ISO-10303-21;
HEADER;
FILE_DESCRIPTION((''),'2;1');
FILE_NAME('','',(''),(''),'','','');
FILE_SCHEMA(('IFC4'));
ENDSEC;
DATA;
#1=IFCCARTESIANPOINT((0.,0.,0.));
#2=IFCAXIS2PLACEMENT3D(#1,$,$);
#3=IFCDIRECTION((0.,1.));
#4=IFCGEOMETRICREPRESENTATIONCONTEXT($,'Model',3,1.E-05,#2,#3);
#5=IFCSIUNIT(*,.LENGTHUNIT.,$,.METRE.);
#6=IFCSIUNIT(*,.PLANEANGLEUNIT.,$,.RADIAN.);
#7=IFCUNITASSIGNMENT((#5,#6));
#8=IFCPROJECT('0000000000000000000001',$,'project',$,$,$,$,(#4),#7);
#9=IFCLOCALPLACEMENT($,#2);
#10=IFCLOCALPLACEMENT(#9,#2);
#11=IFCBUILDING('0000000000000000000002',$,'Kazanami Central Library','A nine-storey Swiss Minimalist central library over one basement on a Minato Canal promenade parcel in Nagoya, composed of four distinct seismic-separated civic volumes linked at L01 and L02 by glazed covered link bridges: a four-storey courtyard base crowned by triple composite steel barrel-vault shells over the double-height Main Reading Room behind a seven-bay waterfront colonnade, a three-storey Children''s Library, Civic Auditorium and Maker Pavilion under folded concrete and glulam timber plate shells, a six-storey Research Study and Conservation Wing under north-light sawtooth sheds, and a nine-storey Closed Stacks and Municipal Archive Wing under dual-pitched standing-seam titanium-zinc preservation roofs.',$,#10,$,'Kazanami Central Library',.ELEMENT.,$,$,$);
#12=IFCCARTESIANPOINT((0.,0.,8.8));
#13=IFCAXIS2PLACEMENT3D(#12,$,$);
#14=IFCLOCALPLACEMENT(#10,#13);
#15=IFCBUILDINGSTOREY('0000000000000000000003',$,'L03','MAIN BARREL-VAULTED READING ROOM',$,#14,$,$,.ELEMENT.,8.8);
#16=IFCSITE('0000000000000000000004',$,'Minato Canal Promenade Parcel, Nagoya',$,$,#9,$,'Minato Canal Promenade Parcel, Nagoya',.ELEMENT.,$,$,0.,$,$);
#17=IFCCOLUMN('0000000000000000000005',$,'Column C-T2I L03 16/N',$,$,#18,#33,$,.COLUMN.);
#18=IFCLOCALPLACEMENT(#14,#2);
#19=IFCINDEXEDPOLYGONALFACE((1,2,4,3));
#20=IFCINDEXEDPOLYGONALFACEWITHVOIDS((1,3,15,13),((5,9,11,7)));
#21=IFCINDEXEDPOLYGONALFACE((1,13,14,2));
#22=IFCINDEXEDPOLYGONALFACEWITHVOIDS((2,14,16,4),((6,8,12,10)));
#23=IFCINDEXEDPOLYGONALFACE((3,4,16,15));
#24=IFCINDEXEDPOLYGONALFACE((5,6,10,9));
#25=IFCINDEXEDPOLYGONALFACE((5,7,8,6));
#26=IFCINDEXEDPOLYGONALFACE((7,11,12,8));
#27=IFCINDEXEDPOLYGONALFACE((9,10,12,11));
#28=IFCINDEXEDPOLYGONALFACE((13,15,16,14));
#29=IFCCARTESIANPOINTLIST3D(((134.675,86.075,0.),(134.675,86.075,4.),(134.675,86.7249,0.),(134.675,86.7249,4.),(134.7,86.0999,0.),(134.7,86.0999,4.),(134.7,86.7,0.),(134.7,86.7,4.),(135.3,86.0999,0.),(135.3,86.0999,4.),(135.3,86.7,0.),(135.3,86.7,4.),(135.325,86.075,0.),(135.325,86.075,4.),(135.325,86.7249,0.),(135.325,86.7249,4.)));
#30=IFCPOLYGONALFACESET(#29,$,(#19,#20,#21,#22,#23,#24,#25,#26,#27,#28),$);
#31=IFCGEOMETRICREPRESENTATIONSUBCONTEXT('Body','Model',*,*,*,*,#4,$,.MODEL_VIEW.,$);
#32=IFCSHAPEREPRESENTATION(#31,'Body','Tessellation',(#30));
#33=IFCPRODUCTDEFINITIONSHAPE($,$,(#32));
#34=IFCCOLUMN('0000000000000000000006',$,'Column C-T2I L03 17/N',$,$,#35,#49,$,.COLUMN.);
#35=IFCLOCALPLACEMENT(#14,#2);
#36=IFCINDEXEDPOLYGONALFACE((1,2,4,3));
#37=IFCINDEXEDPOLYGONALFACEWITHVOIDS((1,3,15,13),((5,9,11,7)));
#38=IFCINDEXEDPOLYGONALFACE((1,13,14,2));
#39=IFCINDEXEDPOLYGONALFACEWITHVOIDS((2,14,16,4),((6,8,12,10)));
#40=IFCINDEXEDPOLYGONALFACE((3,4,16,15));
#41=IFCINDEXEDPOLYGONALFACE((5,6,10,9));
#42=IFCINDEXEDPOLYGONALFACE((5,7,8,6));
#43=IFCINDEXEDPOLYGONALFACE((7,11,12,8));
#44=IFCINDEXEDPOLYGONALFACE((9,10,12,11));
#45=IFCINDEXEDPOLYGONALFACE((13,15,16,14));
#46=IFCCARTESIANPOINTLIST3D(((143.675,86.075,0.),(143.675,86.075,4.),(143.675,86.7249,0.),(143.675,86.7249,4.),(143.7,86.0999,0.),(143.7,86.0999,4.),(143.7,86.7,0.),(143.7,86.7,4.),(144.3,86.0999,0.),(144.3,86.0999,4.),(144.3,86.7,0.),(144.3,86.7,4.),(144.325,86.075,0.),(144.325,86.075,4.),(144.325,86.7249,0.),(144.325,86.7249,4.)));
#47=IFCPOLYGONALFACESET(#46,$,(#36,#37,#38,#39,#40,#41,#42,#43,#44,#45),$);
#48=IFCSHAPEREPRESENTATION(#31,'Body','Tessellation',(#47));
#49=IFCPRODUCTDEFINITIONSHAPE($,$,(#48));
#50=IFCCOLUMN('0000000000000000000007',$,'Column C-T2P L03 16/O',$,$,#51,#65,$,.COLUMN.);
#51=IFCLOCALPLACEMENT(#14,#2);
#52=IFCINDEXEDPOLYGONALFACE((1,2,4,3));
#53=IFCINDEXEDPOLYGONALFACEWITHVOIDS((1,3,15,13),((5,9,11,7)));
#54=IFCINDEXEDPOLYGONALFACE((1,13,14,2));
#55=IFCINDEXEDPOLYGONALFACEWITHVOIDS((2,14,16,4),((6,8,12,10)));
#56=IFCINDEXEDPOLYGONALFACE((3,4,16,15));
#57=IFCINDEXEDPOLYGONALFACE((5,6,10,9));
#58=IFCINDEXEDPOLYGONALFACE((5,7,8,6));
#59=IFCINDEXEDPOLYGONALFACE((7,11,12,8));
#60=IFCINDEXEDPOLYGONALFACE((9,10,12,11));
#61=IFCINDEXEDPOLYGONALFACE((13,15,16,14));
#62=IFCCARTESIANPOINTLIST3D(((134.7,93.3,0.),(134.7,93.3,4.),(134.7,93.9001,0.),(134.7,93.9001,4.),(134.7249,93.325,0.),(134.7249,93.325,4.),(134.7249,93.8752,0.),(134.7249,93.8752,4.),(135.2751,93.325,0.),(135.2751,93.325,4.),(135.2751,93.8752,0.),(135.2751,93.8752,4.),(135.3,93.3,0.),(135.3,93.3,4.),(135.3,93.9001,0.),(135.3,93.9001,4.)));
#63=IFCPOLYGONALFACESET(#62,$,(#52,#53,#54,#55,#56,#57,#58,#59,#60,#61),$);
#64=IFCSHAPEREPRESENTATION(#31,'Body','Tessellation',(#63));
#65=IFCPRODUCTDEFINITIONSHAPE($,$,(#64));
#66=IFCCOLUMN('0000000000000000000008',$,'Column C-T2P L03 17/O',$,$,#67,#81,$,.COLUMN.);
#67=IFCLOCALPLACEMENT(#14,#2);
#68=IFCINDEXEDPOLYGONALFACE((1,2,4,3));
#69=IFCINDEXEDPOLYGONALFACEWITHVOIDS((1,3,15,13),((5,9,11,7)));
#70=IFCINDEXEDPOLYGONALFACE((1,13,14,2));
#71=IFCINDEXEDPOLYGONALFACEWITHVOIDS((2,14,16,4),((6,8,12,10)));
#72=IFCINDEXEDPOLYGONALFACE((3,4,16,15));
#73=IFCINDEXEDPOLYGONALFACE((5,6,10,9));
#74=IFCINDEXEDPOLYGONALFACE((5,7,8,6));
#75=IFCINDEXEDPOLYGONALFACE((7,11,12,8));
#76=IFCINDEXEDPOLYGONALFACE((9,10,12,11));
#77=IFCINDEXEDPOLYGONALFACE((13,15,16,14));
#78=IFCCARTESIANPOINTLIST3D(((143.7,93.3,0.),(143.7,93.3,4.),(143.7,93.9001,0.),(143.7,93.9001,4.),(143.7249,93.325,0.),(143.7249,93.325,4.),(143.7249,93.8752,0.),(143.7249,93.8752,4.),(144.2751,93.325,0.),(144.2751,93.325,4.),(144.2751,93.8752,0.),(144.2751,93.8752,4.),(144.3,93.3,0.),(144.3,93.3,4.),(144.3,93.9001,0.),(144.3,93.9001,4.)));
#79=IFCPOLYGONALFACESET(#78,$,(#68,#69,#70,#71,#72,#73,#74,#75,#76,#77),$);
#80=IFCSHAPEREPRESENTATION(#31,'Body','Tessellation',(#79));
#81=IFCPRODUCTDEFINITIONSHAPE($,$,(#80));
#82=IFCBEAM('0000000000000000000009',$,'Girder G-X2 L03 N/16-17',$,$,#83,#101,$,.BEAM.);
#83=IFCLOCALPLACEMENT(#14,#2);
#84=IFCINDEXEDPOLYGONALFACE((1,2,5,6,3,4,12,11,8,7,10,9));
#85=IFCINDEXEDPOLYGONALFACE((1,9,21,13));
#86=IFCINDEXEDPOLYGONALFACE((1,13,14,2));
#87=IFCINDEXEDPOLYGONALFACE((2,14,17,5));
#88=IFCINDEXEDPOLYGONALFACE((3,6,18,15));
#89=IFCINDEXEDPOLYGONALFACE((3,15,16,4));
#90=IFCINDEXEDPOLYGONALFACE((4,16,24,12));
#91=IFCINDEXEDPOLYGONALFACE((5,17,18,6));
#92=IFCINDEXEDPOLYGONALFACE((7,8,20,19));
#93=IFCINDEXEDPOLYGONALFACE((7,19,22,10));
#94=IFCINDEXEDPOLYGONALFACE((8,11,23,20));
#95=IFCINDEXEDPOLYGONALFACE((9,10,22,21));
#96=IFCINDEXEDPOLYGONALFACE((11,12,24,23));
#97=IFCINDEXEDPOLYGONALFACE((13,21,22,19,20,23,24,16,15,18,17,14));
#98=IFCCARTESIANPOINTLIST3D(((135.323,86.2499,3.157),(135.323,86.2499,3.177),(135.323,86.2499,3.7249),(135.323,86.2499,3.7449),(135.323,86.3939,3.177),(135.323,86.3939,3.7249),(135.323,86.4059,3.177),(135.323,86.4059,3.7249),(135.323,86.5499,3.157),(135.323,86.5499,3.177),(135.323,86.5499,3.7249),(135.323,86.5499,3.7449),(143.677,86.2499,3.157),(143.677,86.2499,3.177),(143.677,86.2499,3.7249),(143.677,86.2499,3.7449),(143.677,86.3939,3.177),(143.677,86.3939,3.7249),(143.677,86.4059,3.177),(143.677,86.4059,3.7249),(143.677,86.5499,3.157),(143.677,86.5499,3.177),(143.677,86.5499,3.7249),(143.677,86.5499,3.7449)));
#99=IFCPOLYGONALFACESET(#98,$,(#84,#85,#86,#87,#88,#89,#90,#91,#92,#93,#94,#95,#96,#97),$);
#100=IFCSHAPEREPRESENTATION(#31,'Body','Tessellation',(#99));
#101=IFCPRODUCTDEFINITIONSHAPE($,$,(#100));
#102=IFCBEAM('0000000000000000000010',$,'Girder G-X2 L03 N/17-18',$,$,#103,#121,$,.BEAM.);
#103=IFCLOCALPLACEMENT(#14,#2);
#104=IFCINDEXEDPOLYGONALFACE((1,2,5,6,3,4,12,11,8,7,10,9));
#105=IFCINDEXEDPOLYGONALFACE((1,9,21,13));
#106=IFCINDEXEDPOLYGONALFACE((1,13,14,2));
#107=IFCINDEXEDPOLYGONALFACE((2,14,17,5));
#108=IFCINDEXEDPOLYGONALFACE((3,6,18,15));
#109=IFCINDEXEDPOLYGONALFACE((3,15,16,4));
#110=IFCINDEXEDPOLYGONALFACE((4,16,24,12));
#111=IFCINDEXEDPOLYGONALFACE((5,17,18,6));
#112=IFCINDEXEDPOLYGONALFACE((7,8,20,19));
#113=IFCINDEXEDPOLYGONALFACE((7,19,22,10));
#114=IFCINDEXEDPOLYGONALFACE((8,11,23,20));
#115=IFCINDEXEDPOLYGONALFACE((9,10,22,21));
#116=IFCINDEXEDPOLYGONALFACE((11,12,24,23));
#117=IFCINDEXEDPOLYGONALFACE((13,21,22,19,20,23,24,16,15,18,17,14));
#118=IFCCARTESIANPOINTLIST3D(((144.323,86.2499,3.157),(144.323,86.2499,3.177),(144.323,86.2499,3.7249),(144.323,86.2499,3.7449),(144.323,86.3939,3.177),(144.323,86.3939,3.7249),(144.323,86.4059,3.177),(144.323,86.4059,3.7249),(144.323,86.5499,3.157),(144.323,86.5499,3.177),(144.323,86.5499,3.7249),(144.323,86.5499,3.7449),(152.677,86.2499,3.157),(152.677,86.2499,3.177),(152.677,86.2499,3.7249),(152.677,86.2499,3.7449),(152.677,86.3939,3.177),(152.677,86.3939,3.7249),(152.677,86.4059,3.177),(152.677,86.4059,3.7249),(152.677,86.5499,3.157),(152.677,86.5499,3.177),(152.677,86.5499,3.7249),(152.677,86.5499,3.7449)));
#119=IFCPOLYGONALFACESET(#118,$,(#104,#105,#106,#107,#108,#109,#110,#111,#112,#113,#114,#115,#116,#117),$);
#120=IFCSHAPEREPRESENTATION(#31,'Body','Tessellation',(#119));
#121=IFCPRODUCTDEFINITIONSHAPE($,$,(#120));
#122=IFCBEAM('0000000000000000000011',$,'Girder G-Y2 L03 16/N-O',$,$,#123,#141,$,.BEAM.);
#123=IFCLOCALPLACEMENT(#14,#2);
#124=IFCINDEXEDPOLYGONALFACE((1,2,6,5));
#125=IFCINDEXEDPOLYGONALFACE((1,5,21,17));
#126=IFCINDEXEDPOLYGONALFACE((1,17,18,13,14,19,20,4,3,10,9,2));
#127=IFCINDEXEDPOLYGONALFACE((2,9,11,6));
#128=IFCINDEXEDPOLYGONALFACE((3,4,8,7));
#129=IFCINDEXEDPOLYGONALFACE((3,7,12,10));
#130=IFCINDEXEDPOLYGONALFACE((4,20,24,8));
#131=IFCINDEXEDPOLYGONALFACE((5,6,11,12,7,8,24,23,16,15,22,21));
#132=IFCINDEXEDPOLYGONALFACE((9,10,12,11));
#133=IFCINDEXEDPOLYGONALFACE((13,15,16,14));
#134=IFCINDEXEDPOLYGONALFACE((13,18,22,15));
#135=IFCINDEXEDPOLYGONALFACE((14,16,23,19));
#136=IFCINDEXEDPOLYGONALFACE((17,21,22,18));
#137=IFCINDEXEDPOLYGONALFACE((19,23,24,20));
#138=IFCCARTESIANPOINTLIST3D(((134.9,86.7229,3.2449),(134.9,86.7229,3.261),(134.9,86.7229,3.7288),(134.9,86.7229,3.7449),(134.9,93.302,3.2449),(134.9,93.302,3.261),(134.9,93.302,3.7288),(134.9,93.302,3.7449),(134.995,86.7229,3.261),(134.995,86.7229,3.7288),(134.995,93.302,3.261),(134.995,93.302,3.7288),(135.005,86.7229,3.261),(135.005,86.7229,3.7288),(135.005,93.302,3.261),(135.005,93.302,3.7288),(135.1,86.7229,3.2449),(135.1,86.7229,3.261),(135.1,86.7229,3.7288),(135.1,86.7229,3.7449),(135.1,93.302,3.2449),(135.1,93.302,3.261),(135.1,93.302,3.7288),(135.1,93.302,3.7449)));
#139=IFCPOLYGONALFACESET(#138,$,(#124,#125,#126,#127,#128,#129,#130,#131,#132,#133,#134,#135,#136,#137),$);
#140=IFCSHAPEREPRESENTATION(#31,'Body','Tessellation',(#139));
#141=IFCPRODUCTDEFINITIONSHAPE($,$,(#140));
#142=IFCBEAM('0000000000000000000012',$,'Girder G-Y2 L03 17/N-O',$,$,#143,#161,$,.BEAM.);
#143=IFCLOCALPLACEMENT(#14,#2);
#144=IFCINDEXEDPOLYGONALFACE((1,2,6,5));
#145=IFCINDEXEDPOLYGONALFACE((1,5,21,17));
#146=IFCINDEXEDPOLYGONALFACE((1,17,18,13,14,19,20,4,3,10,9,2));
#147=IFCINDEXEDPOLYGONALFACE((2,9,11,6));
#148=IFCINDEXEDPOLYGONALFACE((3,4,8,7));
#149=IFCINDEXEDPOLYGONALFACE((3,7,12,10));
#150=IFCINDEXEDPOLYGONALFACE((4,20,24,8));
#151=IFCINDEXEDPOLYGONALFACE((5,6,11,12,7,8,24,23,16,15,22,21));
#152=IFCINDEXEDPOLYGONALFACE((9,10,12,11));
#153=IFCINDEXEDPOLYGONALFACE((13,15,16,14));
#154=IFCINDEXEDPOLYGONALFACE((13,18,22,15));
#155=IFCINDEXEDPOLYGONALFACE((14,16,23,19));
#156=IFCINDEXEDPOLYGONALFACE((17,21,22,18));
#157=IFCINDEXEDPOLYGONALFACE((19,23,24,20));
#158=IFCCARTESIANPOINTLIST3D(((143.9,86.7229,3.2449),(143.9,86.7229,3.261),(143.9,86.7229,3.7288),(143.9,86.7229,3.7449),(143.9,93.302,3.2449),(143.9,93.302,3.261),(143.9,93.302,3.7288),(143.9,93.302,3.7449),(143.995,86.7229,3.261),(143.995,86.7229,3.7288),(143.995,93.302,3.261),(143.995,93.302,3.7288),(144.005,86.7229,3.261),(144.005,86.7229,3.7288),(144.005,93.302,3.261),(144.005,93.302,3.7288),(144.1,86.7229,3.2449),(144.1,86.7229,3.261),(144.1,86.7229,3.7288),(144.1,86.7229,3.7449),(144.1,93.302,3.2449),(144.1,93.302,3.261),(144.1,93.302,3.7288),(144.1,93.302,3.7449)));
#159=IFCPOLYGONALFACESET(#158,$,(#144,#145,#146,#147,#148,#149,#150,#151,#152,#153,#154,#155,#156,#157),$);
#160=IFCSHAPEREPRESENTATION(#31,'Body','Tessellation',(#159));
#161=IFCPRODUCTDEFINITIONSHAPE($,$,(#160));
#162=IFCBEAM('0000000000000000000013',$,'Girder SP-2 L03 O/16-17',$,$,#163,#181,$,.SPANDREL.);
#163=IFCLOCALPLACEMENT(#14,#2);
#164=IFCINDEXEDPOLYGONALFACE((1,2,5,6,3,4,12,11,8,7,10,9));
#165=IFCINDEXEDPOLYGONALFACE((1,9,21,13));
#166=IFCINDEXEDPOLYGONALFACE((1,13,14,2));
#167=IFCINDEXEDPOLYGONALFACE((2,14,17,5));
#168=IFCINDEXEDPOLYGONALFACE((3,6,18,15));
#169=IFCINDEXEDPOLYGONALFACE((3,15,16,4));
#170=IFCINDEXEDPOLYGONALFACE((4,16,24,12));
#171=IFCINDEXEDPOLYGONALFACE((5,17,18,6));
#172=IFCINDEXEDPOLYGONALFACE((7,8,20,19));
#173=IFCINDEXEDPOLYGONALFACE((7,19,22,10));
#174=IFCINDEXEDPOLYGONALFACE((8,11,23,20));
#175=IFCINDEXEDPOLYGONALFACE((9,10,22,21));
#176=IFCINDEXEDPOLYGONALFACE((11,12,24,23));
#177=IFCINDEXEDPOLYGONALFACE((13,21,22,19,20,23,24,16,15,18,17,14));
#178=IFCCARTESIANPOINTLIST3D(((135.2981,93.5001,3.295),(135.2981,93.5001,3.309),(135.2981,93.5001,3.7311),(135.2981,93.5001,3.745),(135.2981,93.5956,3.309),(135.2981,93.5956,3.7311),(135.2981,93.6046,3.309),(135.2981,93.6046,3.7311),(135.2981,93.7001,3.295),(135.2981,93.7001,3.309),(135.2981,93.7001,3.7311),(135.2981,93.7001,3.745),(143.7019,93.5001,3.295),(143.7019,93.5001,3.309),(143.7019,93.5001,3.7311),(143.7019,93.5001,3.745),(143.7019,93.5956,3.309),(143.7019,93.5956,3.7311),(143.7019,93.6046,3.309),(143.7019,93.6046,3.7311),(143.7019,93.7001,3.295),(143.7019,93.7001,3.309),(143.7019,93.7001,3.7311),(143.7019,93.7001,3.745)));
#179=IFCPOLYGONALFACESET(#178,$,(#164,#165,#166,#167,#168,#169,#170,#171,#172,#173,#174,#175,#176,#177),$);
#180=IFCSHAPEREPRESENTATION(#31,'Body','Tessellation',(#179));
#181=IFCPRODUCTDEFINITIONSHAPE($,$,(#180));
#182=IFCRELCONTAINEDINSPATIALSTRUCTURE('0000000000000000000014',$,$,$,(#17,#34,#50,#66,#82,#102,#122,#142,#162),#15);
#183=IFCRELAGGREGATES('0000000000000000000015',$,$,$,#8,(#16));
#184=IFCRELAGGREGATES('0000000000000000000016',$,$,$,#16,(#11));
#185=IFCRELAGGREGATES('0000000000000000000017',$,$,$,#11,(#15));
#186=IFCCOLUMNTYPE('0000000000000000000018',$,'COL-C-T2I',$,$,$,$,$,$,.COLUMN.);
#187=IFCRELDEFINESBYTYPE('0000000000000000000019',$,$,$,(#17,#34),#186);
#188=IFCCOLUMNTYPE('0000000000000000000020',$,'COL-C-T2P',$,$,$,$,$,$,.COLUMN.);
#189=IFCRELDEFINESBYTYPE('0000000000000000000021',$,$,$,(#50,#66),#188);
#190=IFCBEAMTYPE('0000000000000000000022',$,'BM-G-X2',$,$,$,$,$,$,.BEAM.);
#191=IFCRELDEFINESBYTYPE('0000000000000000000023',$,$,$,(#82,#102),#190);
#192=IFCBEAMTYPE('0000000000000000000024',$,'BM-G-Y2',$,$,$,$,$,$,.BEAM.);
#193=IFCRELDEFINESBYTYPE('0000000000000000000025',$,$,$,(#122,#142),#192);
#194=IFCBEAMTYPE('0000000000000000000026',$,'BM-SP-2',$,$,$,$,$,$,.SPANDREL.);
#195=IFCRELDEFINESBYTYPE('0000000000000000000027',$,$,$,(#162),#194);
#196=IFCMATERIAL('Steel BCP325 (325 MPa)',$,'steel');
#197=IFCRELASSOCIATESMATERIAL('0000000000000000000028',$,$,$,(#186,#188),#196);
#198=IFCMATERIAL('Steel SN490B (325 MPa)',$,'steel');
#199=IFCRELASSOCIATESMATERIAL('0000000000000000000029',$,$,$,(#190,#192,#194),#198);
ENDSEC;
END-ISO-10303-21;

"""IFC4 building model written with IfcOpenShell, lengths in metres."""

from ifc_helpers import new_model, si_unit, direction, frame, origin, origin_2d, place, context, subcontext, project, spatial, hollow_rectangle, i_section, extrude, material, material_profile, profile_set, type_object, element, save


model = new_model("IFC4")

# Units and contexts
model_context = context("Model", 3, precision=1e-05, world=origin(), true_north=direction((0.0, 1.0)))
body_context = subcontext(model_context, "Body", "Model", "MODEL_VIEW")
ifc_project = project(units=[si_unit("LENGTHUNIT", "METRE"), si_unit("PLANEANGLEUNIT", "RADIAN")], contexts=[model_context])

# Site, building, storey
site_placement = place(None, origin())
site = spatial("IfcSite", under=ifc_project, at=site_placement, Name="Minato Canal Promenade Parcel, Nagoya", LongName="Minato Canal Promenade Parcel, Nagoya", CompositionType="ELEMENT", RefElevation=0.0)
building_placement = place(site_placement, origin())
building = spatial("IfcBuilding", under=site, at=building_placement, Name="Kazanami Central Library", Description="A nine-storey Swiss Minimalist central library over one basement on a Minato Canal promenade parcel in Nagoya, composed of four distinct seismic-separated civic volumes linked at L01 and L02 by glazed covered link bridges: a four-storey courtyard base crowned by triple composite steel barrel-vault shells over the double-height Main Reading Room behind a seven-bay waterfront colonnade, a three-storey Children's Library, Civic Auditorium and Maker Pavilion under folded concrete and glulam timber plate shells, a six-storey Research Study and Conservation Wing under north-light sawtooth sheds, and a nine-storey Closed Stacks and Municipal Archive Wing under dual-pitched standing-seam titanium-zinc preservation roofs.", LongName="Kazanami Central Library", CompositionType="ELEMENT")
storey_placement = place(building_placement, frame((0.0, 0.0, 8.8)))
storey = spatial("IfcBuildingStorey", under=building, at=storey_placement, Name="L03", Description="MAIN BARREL-VAULTED READING ROOM", CompositionType="ELEMENT", Elevation=8.8)

# Columns
ifc_material_1 = material(Name="Steel BCP325 (325 MPa)", Category="steel")
ifc_material_profile_1 = material_profile(ifc_material_1, hollow_rectangle(XDim=0.6499, YDim=0.6499, WallThickness=0.0249, at=origin_2d()), Name="BCP-650x650x25")
ifc_profile_set_1 = profile_set([ifc_material_profile_1], Name="Steel BCP325 (325 MPa)")
column_type_1 = type_object("IfcColumnType", Name="COL-C-T2I", PredefinedType="COLUMN", material=ifc_profile_set_1)
for number, where, z_axis, x_axis, name in (
    (1, (135.0, 86.3999, 0.0), (0.0, 0.0, 1.0), (1.0, 0.0, 0.0), "Column C-T2I L03 16/N"),
    (2, (144.0, 86.3999, 0.0), (0.0, 0.0, 1.0), (1.0, 0.0, 0.0), "Column C-T2I L03 17/N"),
):
    element("IfcColumn", number, at=place(storey_placement, frame(where, z_axis=z_axis, x_axis=x_axis)), inside=storey, type_object=column_type_1, Name=name, PredefinedType="COLUMN", context=body_context, shape_type="SweptSolid", body=[
        extrude(hollow_rectangle(XDim=0.6499, YDim=0.6499, WallThickness=0.0249, at=origin_2d()), origin(), (0.0, 0.0, 1.0), 4.0),
    ])
ifc_material_profile_2 = material_profile(ifc_material_1, hollow_rectangle(XDim=0.6001, YDim=0.6001, WallThickness=0.0249, at=origin_2d()), Name="BCP-600x600x25")
ifc_profile_set_2 = profile_set([ifc_material_profile_2], Name="Steel BCP325 (325 MPa)")
column_type_2 = type_object("IfcColumnType", Name="COL-C-T2P", PredefinedType="COLUMN", material=ifc_profile_set_2)
for number, where, z_axis, x_axis, name in (
    (3, (135.0, 93.6001, 0.0), (0.0, 0.0, 1.0), (1.0, 0.0, 0.0), "Column C-T2P L03 16/O"),
    (4, (144.0, 93.6001, 0.0), (0.0, 0.0, 1.0), (1.0, 0.0, 0.0), "Column C-T2P L03 17/O"),
):
    element("IfcColumn", number, at=place(storey_placement, frame(where, z_axis=z_axis, x_axis=x_axis)), inside=storey, type_object=column_type_2, Name=name, PredefinedType="COLUMN", context=body_context, shape_type="SweptSolid", body=[
        extrude(hollow_rectangle(XDim=0.6001, YDim=0.6001, WallThickness=0.0249, at=origin_2d()), origin(), (0.0, 0.0, 1.0), 4.0),
    ])

# Beams
ifc_material_2 = material(Name="Steel SN490B (325 MPa)", Category="steel")
ifc_material_profile_3 = material_profile(ifc_material_2, i_section(OverallWidth=0.3, OverallDepth=0.5879, WebThickness=0.012, FlangeThickness=0.02, at=origin_2d()), Name="H-588x300x12x20")
ifc_profile_set_3 = profile_set([ifc_material_profile_3], Name="Steel SN490B (325 MPa)")
beam_type_1 = type_object("IfcBeamType", Name="BM-G-X2", PredefinedType="BEAM", material=ifc_profile_set_3)
for number, where, z_axis, x_axis, name in (
    (5, (135.323, 86.3999, 3.4509), (1.0, 0.0, 0.0), (0.0, 1.0, 0.0), "Girder G-X2 L03 N/16-17"),
    (6, (144.323, 86.3999, 3.4509), (1.0, 0.0, 0.0), (0.0, 1.0, 0.0), "Girder G-X2 L03 N/17-18"),
):
    element("IfcBeam", number, at=place(storey_placement, frame(where, z_axis=z_axis, x_axis=x_axis)), inside=storey, type_object=beam_type_1, Name=name, PredefinedType="BEAM", context=body_context, shape_type="SweptSolid", body=[
        extrude(i_section(OverallWidth=0.3, OverallDepth=0.5879, WebThickness=0.012, FlangeThickness=0.02, at=origin_2d()), origin(), (0.0, 0.0, 1.0), 8.354),
    ])
ifc_material_profile_4 = material_profile(ifc_material_2, i_section(OverallWidth=0.2, OverallDepth=0.5, WebThickness=0.01, FlangeThickness=0.0161, at=origin_2d()), Name="H-500x200x10x16")
ifc_profile_set_4 = profile_set([ifc_material_profile_4], Name="Steel SN490B (325 MPa)")
beam_type_2 = type_object("IfcBeamType", Name="BM-G-Y2", PredefinedType="BEAM", material=ifc_profile_set_4)
for number, where, z_axis, x_axis, name in (
    (7, (135.0, 86.7229, 3.4949), (0.0, 1.0, 0.0), (-1.0, 0.0, 0.0), "Girder G-Y2 L03 16/N-O"),
    (8, (144.0, 86.7229, 3.4949), (0.0, 1.0, 0.0), (-1.0, 0.0, 0.0), "Girder G-Y2 L03 17/N-O"),
):
    element("IfcBeam", number, at=place(storey_placement, frame(where, z_axis=z_axis, x_axis=x_axis)), inside=storey, type_object=beam_type_2, Name=name, PredefinedType="BEAM", context=body_context, shape_type="SweptSolid", body=[
        extrude(i_section(OverallWidth=0.2, OverallDepth=0.5, WebThickness=0.01, FlangeThickness=0.0161, at=origin_2d()), origin(), (0.0, 0.0, 1.0), 6.5791),
    ])
ifc_material_profile_5 = material_profile(ifc_material_2, i_section(OverallWidth=0.2, OverallDepth=0.45, WebThickness=0.009, FlangeThickness=0.0139, at=origin_2d()), Name="H-450x200x9x14")
ifc_profile_set_5 = profile_set([ifc_material_profile_5], Name="Steel SN490B (325 MPa)")
beam_type_3 = type_object("IfcBeamType", Name="BM-SP-2", PredefinedType="SPANDREL", material=ifc_profile_set_5)
for number, where, z_axis, x_axis, name in (
    (9, (135.2981, 93.6001, 3.52), (1.0, 0.0, 0.0), (0.0, 1.0, 0.0), "Girder SP-2 L03 O/16-17"),
):
    element("IfcBeam", number, at=place(storey_placement, frame(where, z_axis=z_axis, x_axis=x_axis)), inside=storey, type_object=beam_type_3, Name=name, PredefinedType="SPANDREL", context=body_context, shape_type="SweptSolid", body=[
        extrude(i_section(OverallWidth=0.2, OverallDepth=0.45, WebThickness=0.009, FlangeThickness=0.0139, at=origin_2d()), origin(), (0.0, 0.0, 1.0), 8.4038),
    ])

save(model, "model.ifc")
